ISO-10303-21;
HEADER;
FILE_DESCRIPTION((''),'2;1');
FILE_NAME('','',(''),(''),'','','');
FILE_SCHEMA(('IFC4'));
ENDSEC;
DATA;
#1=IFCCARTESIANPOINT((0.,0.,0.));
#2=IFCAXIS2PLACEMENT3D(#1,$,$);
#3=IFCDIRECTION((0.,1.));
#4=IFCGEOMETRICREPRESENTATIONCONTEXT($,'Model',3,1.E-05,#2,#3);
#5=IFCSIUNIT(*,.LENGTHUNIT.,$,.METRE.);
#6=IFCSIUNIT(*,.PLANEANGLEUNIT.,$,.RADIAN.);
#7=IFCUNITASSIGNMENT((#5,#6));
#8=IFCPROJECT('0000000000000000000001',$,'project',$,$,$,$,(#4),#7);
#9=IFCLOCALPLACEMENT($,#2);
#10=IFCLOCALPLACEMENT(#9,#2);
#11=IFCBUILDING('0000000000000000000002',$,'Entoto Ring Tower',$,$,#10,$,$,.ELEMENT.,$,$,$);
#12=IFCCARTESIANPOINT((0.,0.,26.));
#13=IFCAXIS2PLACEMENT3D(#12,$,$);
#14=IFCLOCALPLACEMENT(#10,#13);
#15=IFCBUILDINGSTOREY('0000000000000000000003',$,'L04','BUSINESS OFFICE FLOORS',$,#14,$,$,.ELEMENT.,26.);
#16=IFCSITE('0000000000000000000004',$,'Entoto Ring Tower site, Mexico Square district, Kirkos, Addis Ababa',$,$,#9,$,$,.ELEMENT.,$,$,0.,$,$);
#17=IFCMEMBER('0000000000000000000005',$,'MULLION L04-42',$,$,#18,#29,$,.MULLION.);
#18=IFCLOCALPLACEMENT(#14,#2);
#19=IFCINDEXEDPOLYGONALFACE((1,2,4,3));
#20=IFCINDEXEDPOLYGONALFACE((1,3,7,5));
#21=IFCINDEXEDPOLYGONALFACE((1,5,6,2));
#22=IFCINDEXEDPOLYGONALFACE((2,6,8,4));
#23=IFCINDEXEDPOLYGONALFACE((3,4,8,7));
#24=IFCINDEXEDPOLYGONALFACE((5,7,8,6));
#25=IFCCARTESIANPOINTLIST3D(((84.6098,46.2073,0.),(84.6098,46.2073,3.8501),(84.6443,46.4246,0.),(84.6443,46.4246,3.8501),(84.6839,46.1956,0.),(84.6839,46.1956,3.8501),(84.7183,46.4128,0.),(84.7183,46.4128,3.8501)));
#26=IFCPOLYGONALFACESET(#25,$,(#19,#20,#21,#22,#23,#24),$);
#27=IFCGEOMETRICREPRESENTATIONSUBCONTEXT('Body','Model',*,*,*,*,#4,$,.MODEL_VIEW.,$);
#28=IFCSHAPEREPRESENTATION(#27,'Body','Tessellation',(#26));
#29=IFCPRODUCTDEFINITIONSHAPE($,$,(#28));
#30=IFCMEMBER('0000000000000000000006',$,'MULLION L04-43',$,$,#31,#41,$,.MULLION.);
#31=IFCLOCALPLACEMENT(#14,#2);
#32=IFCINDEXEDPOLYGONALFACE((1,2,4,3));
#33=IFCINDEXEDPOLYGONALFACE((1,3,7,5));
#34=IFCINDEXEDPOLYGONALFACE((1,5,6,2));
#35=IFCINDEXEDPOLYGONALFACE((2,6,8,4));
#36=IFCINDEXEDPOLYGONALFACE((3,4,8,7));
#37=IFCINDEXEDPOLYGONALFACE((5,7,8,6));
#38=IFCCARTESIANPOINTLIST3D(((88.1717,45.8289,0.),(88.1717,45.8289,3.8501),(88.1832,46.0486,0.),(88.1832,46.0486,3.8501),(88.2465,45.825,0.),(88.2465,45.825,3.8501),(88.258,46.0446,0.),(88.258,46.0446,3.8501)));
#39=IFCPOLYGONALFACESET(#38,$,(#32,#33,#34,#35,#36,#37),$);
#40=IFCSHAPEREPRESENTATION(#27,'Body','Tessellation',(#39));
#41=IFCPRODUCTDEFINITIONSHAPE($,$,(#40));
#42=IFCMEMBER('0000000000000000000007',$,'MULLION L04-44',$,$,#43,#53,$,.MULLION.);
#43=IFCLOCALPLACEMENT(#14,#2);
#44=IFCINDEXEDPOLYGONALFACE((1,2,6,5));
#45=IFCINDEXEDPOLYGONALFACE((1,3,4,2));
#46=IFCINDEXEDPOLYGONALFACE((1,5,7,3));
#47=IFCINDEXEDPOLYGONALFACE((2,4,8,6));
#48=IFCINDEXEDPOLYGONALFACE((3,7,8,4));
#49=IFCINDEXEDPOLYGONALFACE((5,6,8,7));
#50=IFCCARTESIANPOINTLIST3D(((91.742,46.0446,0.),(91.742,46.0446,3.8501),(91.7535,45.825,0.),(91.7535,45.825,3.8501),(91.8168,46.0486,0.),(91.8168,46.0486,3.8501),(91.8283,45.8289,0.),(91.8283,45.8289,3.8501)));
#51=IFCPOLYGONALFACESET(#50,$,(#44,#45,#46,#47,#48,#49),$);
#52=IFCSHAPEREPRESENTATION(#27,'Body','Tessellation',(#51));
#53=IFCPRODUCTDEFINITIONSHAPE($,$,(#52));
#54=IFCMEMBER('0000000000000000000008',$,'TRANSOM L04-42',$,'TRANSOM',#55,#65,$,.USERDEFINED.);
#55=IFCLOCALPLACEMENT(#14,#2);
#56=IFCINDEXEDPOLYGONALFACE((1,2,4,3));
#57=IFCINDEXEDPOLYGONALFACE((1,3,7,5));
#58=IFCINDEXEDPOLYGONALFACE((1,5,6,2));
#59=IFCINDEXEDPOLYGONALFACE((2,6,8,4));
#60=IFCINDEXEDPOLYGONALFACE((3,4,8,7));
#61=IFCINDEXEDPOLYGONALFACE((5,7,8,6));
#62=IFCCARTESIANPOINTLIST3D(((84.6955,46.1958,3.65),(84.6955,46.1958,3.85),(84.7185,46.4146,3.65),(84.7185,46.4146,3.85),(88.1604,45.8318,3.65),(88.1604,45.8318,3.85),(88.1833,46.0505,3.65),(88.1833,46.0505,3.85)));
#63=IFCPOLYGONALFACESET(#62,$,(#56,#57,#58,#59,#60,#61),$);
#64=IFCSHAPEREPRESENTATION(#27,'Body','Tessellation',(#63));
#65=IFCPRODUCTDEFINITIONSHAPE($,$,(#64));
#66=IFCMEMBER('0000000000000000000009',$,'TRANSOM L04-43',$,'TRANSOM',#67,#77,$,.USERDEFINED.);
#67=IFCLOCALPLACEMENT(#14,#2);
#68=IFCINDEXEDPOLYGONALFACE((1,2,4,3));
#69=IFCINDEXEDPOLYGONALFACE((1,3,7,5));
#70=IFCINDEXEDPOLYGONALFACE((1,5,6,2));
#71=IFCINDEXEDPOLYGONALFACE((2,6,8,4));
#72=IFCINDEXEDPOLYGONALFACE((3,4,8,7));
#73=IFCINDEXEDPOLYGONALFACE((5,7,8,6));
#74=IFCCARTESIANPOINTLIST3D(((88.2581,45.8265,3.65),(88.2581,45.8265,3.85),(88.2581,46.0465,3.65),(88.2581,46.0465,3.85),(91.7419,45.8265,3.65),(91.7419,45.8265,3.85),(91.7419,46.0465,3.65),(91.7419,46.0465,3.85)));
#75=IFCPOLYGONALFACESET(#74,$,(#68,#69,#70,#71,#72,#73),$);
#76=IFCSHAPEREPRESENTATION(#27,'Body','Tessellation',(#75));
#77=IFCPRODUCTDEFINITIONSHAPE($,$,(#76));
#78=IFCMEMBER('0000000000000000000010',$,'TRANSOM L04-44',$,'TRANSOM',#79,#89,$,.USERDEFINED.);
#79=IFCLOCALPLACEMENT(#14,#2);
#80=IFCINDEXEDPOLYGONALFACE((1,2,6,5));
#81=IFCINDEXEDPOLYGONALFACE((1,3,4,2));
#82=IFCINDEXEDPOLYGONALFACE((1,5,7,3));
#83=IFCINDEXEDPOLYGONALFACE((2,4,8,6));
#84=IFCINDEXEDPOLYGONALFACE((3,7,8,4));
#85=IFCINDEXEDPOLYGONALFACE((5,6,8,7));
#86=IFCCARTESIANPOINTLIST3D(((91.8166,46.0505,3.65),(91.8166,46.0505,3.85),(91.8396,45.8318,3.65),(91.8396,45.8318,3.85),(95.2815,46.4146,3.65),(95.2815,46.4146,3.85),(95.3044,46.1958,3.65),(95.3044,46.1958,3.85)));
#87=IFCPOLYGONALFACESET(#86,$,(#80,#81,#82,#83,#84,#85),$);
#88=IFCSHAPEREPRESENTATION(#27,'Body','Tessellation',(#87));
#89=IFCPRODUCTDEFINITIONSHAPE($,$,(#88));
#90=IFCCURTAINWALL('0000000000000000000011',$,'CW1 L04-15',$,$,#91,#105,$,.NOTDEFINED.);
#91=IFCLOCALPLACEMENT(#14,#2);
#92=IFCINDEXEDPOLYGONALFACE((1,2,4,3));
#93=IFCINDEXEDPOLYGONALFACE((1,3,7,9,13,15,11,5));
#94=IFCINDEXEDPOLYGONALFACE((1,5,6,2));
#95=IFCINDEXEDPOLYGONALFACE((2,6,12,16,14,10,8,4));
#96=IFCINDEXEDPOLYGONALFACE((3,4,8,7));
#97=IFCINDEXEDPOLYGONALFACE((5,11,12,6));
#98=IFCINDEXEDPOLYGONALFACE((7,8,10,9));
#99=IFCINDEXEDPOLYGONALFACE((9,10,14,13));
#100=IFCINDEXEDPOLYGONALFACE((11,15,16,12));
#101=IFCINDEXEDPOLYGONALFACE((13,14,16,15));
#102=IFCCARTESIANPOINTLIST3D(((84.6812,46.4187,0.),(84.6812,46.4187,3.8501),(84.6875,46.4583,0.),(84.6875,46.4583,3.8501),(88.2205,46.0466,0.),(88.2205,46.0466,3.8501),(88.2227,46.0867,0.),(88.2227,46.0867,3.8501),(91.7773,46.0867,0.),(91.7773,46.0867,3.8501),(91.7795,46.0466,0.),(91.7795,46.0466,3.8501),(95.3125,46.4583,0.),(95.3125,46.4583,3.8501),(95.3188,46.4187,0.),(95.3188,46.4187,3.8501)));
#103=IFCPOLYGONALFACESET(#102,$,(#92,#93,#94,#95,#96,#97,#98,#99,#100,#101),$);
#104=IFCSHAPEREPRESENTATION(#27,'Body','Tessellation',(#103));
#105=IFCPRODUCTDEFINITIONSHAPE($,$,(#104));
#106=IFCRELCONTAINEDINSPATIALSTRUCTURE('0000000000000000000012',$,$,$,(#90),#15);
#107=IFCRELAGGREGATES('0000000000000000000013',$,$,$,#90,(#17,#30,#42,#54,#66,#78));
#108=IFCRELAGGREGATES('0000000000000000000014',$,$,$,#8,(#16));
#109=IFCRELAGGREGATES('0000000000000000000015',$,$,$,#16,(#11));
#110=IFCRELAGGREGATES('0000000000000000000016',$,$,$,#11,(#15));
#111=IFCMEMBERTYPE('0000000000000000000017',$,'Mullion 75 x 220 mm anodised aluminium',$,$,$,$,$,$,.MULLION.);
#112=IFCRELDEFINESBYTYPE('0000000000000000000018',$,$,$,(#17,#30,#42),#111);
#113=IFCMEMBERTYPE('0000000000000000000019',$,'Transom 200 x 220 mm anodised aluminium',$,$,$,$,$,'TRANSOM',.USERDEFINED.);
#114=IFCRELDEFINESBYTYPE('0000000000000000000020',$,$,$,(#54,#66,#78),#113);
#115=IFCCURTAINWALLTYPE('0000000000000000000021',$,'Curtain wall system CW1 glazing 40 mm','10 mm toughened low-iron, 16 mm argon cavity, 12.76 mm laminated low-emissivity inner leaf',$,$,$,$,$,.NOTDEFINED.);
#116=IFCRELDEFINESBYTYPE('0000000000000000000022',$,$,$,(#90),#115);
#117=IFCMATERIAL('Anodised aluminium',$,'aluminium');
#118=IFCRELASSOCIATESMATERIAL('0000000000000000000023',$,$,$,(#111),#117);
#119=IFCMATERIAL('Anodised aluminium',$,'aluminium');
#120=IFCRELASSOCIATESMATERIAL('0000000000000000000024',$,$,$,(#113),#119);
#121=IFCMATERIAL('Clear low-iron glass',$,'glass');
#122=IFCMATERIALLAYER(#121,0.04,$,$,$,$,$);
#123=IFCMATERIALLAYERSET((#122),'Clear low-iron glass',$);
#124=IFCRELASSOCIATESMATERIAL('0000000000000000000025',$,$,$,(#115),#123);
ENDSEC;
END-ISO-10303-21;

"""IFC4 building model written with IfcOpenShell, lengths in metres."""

from ifc_helpers import new_model, si_unit, direction, frame, origin, origin_2d, place, context, subcontext, project, spatial, polyline, rectangle, outline, extrude, material, layer, layer_set, material_profile, profile_set, type_object, element, aggregate, save


model = new_model("IFC4")

# Units and contexts
model_context = context("Model", 3, precision=1e-05, world=origin(), true_north=direction((0.0, 1.0)))
body_context = subcontext(model_context, "Body", "Model", "MODEL_VIEW")
ifc_project = project(units=[si_unit("LENGTHUNIT", "METRE"), si_unit("PLANEANGLEUNIT", "RADIAN")], contexts=[model_context])

# Members
ifc_material_1 = material(Name="Anodised aluminium", Category="aluminium")
ifc_material_profile_1 = material_profile(ifc_material_1, rectangle(XDim=0.075, YDim=0.22, at=origin_2d()), Name="Mullion 75 x 220 mm anodised aluminium")
ifc_profile_set_1 = profile_set([ifc_material_profile_1], Name="Anodised aluminium")
member_type_1 = type_object("IfcMemberType", Name="Mullion 75 x 220 mm anodised aluminium", PredefinedType="MULLION", material=ifc_profile_set_1)
site_placement = place(None, origin())
building_placement = place(site_placement, origin())
storey_placement = place(building_placement, frame((0.0, 0.0, 26.0)))
member_1_placement = place(storey_placement, frame((84.6641, 46.3101, 0.0), z_axis=(0.0, 0.0, 1.0), x_axis=(0.987688, -0.156434, 0.0)))
member_1 = element("IfcMember", 1, at=member_1_placement, type_object=member_type_1, Name="MULLION L04-42", PredefinedType="MULLION", context=body_context, shape_type="SweptSolid", body=[
    extrude(rectangle(XDim=0.075, YDim=0.22, at=origin_2d()), origin(), (0.0, 0.0, 1.0), 3.8501),
])
member_2_placement = place(storey_placement, frame((88.2148, 45.9368, 0.0), z_axis=(0.0, 0.0, 1.0), x_axis=(0.99863, -0.052336, 0.0)))
member_2 = element("IfcMember", 2, at=member_2_placement, type_object=member_type_1, Name="MULLION L04-43", PredefinedType="MULLION", context=body_context, shape_type="SweptSolid", body=[
    extrude(rectangle(XDim=0.075, YDim=0.22, at=origin_2d()), origin(), (0.0, 0.0, 1.0), 3.8501),
])
member_3_placement = place(storey_placement, frame((91.7852, 45.9368, 0.0), z_axis=(0.0, 0.0, 1.0), x_axis=(0.99863, 0.052336, 0.0)))
member_3 = element("IfcMember", 3, at=member_3_placement, type_object=member_type_1, Name="MULLION L04-44", PredefinedType="MULLION", context=body_context, shape_type="SweptSolid", body=[
    extrude(rectangle(XDim=0.075, YDim=0.22, at=origin_2d()), origin(), (0.0, 0.0, 1.0), 3.8501),
])
ifc_material_2 = material(Name="Anodised aluminium", Category="aluminium")
ifc_material_profile_2 = material_profile(ifc_material_2, rectangle(XDim=0.22, YDim=0.2, at=origin_2d()), Name="Transom 200 x 220 mm anodised aluminium")
ifc_profile_set_2 = profile_set([ifc_material_profile_2], Name="Anodised aluminium")
member_type_2 = type_object("IfcMemberType", Name="Transom 200 x 220 mm anodised aluminium", ElementType="TRANSOM", PredefinedType="USERDEFINED", material=ifc_profile_set_2)
member_4_placement = place(storey_placement, frame((84.707, 46.3052, 3.75), z_axis=(0.994527, -0.104484, 0.0), x_axis=(0.104484, 0.994527, 0.0)))
member_4 = element("IfcMember", 4, at=member_4_placement, type_object=member_type_2, Name="TRANSOM L04-42", ObjectType="TRANSOM", PredefinedType="USERDEFINED", context=body_context, shape_type="SweptSolid", body=[
    extrude(rectangle(XDim=0.22, YDim=0.2, at=origin_2d()), origin(), (0.0, 0.0, 1.0), 3.4839),
])
member_5_placement = place(storey_placement, frame((88.2581, 45.9365, 3.75), z_axis=(1.0, 0.0, 0.0), x_axis=(0.0, 1.0, 0.0)))
member_5 = element("IfcMember", 5, at=member_5_placement, type_object=member_type_2, Name="TRANSOM L04-43", ObjectType="TRANSOM", PredefinedType="USERDEFINED", context=body_context, shape_type="SweptSolid", body=[
    extrude(rectangle(XDim=0.22, YDim=0.2, at=origin_2d()), origin(), (0.0, 0.0, 1.0), 3.4839),
])
member_6_placement = place(storey_placement, frame((91.8281, 45.9412, 3.75), z_axis=(0.994527, 0.104484, 0.0), x_axis=(-0.104484, 0.994527, 0.0)))
member_6 = element("IfcMember", 6, at=member_6_placement, type_object=member_type_2, Name="TRANSOM L04-44", ObjectType="TRANSOM", PredefinedType="USERDEFINED", context=body_context, shape_type="SweptSolid", body=[
    extrude(rectangle(XDim=0.22, YDim=0.2, at=origin_2d()), origin(), (0.0, 0.0, 1.0), 3.4839),
])

# Site, building, storey
site = spatial("IfcSite", under=ifc_project, at=site_placement, Name="Entoto Ring Tower site, Mexico Square district, Kirkos, Addis Ababa", CompositionType="ELEMENT", RefElevation=0.0)
building = spatial("IfcBuilding", under=site, at=building_placement, Name="Entoto Ring Tower", CompositionType="ELEMENT")
storey = spatial("IfcBuildingStorey", under=building, at=storey_placement, Name="L04", Description="BUSINESS OFFICE FLOORS", CompositionType="ELEMENT", Elevation=26.0)

# Curtain wall
ifc_material_3 = material(Name="Clear low-iron glass", Category="glass")
ifc_layer = layer(ifc_material_3, 0.04)
ifc_layer_set = layer_set([ifc_layer], Name="Clear low-iron glass")
curtain_wall_type = type_object("IfcCurtainWallType", Name="Curtain wall system CW1 glazing 40 mm", Description="10 mm toughened low-iron, 16 mm argon cavity, 12.76 mm laminated low-emissivity inner leaf", PredefinedType="NOTDEFINED", material=ifc_layer_set)
curtain_wall_1_placement = place(storey_placement, origin())
curtain_wall_1 = element("IfcCurtainWall", 7, at=curtain_wall_1_placement, inside=storey, type_object=curtain_wall_type, Name="CW1 L04-15", PredefinedType="NOTDEFINED", context=body_context, shape_type="SweptSolid", body=[
    extrude(outline(polyline([(84.6812, 46.4187), (88.2205, 46.0466), (91.7795, 46.0466), (95.3188, 46.4187), (95.3125, 46.4583), (91.7773, 46.0867), (88.2227, 46.0867), (84.6875, 46.4583), (84.6812, 46.4187)])), origin(), (0.0, 0.0, 1.0), 3.8501),
])
aggregate(curtain_wall_1, [member_1, member_2, member_3, member_4, member_5, member_6])

save(model, "model.ifc")
